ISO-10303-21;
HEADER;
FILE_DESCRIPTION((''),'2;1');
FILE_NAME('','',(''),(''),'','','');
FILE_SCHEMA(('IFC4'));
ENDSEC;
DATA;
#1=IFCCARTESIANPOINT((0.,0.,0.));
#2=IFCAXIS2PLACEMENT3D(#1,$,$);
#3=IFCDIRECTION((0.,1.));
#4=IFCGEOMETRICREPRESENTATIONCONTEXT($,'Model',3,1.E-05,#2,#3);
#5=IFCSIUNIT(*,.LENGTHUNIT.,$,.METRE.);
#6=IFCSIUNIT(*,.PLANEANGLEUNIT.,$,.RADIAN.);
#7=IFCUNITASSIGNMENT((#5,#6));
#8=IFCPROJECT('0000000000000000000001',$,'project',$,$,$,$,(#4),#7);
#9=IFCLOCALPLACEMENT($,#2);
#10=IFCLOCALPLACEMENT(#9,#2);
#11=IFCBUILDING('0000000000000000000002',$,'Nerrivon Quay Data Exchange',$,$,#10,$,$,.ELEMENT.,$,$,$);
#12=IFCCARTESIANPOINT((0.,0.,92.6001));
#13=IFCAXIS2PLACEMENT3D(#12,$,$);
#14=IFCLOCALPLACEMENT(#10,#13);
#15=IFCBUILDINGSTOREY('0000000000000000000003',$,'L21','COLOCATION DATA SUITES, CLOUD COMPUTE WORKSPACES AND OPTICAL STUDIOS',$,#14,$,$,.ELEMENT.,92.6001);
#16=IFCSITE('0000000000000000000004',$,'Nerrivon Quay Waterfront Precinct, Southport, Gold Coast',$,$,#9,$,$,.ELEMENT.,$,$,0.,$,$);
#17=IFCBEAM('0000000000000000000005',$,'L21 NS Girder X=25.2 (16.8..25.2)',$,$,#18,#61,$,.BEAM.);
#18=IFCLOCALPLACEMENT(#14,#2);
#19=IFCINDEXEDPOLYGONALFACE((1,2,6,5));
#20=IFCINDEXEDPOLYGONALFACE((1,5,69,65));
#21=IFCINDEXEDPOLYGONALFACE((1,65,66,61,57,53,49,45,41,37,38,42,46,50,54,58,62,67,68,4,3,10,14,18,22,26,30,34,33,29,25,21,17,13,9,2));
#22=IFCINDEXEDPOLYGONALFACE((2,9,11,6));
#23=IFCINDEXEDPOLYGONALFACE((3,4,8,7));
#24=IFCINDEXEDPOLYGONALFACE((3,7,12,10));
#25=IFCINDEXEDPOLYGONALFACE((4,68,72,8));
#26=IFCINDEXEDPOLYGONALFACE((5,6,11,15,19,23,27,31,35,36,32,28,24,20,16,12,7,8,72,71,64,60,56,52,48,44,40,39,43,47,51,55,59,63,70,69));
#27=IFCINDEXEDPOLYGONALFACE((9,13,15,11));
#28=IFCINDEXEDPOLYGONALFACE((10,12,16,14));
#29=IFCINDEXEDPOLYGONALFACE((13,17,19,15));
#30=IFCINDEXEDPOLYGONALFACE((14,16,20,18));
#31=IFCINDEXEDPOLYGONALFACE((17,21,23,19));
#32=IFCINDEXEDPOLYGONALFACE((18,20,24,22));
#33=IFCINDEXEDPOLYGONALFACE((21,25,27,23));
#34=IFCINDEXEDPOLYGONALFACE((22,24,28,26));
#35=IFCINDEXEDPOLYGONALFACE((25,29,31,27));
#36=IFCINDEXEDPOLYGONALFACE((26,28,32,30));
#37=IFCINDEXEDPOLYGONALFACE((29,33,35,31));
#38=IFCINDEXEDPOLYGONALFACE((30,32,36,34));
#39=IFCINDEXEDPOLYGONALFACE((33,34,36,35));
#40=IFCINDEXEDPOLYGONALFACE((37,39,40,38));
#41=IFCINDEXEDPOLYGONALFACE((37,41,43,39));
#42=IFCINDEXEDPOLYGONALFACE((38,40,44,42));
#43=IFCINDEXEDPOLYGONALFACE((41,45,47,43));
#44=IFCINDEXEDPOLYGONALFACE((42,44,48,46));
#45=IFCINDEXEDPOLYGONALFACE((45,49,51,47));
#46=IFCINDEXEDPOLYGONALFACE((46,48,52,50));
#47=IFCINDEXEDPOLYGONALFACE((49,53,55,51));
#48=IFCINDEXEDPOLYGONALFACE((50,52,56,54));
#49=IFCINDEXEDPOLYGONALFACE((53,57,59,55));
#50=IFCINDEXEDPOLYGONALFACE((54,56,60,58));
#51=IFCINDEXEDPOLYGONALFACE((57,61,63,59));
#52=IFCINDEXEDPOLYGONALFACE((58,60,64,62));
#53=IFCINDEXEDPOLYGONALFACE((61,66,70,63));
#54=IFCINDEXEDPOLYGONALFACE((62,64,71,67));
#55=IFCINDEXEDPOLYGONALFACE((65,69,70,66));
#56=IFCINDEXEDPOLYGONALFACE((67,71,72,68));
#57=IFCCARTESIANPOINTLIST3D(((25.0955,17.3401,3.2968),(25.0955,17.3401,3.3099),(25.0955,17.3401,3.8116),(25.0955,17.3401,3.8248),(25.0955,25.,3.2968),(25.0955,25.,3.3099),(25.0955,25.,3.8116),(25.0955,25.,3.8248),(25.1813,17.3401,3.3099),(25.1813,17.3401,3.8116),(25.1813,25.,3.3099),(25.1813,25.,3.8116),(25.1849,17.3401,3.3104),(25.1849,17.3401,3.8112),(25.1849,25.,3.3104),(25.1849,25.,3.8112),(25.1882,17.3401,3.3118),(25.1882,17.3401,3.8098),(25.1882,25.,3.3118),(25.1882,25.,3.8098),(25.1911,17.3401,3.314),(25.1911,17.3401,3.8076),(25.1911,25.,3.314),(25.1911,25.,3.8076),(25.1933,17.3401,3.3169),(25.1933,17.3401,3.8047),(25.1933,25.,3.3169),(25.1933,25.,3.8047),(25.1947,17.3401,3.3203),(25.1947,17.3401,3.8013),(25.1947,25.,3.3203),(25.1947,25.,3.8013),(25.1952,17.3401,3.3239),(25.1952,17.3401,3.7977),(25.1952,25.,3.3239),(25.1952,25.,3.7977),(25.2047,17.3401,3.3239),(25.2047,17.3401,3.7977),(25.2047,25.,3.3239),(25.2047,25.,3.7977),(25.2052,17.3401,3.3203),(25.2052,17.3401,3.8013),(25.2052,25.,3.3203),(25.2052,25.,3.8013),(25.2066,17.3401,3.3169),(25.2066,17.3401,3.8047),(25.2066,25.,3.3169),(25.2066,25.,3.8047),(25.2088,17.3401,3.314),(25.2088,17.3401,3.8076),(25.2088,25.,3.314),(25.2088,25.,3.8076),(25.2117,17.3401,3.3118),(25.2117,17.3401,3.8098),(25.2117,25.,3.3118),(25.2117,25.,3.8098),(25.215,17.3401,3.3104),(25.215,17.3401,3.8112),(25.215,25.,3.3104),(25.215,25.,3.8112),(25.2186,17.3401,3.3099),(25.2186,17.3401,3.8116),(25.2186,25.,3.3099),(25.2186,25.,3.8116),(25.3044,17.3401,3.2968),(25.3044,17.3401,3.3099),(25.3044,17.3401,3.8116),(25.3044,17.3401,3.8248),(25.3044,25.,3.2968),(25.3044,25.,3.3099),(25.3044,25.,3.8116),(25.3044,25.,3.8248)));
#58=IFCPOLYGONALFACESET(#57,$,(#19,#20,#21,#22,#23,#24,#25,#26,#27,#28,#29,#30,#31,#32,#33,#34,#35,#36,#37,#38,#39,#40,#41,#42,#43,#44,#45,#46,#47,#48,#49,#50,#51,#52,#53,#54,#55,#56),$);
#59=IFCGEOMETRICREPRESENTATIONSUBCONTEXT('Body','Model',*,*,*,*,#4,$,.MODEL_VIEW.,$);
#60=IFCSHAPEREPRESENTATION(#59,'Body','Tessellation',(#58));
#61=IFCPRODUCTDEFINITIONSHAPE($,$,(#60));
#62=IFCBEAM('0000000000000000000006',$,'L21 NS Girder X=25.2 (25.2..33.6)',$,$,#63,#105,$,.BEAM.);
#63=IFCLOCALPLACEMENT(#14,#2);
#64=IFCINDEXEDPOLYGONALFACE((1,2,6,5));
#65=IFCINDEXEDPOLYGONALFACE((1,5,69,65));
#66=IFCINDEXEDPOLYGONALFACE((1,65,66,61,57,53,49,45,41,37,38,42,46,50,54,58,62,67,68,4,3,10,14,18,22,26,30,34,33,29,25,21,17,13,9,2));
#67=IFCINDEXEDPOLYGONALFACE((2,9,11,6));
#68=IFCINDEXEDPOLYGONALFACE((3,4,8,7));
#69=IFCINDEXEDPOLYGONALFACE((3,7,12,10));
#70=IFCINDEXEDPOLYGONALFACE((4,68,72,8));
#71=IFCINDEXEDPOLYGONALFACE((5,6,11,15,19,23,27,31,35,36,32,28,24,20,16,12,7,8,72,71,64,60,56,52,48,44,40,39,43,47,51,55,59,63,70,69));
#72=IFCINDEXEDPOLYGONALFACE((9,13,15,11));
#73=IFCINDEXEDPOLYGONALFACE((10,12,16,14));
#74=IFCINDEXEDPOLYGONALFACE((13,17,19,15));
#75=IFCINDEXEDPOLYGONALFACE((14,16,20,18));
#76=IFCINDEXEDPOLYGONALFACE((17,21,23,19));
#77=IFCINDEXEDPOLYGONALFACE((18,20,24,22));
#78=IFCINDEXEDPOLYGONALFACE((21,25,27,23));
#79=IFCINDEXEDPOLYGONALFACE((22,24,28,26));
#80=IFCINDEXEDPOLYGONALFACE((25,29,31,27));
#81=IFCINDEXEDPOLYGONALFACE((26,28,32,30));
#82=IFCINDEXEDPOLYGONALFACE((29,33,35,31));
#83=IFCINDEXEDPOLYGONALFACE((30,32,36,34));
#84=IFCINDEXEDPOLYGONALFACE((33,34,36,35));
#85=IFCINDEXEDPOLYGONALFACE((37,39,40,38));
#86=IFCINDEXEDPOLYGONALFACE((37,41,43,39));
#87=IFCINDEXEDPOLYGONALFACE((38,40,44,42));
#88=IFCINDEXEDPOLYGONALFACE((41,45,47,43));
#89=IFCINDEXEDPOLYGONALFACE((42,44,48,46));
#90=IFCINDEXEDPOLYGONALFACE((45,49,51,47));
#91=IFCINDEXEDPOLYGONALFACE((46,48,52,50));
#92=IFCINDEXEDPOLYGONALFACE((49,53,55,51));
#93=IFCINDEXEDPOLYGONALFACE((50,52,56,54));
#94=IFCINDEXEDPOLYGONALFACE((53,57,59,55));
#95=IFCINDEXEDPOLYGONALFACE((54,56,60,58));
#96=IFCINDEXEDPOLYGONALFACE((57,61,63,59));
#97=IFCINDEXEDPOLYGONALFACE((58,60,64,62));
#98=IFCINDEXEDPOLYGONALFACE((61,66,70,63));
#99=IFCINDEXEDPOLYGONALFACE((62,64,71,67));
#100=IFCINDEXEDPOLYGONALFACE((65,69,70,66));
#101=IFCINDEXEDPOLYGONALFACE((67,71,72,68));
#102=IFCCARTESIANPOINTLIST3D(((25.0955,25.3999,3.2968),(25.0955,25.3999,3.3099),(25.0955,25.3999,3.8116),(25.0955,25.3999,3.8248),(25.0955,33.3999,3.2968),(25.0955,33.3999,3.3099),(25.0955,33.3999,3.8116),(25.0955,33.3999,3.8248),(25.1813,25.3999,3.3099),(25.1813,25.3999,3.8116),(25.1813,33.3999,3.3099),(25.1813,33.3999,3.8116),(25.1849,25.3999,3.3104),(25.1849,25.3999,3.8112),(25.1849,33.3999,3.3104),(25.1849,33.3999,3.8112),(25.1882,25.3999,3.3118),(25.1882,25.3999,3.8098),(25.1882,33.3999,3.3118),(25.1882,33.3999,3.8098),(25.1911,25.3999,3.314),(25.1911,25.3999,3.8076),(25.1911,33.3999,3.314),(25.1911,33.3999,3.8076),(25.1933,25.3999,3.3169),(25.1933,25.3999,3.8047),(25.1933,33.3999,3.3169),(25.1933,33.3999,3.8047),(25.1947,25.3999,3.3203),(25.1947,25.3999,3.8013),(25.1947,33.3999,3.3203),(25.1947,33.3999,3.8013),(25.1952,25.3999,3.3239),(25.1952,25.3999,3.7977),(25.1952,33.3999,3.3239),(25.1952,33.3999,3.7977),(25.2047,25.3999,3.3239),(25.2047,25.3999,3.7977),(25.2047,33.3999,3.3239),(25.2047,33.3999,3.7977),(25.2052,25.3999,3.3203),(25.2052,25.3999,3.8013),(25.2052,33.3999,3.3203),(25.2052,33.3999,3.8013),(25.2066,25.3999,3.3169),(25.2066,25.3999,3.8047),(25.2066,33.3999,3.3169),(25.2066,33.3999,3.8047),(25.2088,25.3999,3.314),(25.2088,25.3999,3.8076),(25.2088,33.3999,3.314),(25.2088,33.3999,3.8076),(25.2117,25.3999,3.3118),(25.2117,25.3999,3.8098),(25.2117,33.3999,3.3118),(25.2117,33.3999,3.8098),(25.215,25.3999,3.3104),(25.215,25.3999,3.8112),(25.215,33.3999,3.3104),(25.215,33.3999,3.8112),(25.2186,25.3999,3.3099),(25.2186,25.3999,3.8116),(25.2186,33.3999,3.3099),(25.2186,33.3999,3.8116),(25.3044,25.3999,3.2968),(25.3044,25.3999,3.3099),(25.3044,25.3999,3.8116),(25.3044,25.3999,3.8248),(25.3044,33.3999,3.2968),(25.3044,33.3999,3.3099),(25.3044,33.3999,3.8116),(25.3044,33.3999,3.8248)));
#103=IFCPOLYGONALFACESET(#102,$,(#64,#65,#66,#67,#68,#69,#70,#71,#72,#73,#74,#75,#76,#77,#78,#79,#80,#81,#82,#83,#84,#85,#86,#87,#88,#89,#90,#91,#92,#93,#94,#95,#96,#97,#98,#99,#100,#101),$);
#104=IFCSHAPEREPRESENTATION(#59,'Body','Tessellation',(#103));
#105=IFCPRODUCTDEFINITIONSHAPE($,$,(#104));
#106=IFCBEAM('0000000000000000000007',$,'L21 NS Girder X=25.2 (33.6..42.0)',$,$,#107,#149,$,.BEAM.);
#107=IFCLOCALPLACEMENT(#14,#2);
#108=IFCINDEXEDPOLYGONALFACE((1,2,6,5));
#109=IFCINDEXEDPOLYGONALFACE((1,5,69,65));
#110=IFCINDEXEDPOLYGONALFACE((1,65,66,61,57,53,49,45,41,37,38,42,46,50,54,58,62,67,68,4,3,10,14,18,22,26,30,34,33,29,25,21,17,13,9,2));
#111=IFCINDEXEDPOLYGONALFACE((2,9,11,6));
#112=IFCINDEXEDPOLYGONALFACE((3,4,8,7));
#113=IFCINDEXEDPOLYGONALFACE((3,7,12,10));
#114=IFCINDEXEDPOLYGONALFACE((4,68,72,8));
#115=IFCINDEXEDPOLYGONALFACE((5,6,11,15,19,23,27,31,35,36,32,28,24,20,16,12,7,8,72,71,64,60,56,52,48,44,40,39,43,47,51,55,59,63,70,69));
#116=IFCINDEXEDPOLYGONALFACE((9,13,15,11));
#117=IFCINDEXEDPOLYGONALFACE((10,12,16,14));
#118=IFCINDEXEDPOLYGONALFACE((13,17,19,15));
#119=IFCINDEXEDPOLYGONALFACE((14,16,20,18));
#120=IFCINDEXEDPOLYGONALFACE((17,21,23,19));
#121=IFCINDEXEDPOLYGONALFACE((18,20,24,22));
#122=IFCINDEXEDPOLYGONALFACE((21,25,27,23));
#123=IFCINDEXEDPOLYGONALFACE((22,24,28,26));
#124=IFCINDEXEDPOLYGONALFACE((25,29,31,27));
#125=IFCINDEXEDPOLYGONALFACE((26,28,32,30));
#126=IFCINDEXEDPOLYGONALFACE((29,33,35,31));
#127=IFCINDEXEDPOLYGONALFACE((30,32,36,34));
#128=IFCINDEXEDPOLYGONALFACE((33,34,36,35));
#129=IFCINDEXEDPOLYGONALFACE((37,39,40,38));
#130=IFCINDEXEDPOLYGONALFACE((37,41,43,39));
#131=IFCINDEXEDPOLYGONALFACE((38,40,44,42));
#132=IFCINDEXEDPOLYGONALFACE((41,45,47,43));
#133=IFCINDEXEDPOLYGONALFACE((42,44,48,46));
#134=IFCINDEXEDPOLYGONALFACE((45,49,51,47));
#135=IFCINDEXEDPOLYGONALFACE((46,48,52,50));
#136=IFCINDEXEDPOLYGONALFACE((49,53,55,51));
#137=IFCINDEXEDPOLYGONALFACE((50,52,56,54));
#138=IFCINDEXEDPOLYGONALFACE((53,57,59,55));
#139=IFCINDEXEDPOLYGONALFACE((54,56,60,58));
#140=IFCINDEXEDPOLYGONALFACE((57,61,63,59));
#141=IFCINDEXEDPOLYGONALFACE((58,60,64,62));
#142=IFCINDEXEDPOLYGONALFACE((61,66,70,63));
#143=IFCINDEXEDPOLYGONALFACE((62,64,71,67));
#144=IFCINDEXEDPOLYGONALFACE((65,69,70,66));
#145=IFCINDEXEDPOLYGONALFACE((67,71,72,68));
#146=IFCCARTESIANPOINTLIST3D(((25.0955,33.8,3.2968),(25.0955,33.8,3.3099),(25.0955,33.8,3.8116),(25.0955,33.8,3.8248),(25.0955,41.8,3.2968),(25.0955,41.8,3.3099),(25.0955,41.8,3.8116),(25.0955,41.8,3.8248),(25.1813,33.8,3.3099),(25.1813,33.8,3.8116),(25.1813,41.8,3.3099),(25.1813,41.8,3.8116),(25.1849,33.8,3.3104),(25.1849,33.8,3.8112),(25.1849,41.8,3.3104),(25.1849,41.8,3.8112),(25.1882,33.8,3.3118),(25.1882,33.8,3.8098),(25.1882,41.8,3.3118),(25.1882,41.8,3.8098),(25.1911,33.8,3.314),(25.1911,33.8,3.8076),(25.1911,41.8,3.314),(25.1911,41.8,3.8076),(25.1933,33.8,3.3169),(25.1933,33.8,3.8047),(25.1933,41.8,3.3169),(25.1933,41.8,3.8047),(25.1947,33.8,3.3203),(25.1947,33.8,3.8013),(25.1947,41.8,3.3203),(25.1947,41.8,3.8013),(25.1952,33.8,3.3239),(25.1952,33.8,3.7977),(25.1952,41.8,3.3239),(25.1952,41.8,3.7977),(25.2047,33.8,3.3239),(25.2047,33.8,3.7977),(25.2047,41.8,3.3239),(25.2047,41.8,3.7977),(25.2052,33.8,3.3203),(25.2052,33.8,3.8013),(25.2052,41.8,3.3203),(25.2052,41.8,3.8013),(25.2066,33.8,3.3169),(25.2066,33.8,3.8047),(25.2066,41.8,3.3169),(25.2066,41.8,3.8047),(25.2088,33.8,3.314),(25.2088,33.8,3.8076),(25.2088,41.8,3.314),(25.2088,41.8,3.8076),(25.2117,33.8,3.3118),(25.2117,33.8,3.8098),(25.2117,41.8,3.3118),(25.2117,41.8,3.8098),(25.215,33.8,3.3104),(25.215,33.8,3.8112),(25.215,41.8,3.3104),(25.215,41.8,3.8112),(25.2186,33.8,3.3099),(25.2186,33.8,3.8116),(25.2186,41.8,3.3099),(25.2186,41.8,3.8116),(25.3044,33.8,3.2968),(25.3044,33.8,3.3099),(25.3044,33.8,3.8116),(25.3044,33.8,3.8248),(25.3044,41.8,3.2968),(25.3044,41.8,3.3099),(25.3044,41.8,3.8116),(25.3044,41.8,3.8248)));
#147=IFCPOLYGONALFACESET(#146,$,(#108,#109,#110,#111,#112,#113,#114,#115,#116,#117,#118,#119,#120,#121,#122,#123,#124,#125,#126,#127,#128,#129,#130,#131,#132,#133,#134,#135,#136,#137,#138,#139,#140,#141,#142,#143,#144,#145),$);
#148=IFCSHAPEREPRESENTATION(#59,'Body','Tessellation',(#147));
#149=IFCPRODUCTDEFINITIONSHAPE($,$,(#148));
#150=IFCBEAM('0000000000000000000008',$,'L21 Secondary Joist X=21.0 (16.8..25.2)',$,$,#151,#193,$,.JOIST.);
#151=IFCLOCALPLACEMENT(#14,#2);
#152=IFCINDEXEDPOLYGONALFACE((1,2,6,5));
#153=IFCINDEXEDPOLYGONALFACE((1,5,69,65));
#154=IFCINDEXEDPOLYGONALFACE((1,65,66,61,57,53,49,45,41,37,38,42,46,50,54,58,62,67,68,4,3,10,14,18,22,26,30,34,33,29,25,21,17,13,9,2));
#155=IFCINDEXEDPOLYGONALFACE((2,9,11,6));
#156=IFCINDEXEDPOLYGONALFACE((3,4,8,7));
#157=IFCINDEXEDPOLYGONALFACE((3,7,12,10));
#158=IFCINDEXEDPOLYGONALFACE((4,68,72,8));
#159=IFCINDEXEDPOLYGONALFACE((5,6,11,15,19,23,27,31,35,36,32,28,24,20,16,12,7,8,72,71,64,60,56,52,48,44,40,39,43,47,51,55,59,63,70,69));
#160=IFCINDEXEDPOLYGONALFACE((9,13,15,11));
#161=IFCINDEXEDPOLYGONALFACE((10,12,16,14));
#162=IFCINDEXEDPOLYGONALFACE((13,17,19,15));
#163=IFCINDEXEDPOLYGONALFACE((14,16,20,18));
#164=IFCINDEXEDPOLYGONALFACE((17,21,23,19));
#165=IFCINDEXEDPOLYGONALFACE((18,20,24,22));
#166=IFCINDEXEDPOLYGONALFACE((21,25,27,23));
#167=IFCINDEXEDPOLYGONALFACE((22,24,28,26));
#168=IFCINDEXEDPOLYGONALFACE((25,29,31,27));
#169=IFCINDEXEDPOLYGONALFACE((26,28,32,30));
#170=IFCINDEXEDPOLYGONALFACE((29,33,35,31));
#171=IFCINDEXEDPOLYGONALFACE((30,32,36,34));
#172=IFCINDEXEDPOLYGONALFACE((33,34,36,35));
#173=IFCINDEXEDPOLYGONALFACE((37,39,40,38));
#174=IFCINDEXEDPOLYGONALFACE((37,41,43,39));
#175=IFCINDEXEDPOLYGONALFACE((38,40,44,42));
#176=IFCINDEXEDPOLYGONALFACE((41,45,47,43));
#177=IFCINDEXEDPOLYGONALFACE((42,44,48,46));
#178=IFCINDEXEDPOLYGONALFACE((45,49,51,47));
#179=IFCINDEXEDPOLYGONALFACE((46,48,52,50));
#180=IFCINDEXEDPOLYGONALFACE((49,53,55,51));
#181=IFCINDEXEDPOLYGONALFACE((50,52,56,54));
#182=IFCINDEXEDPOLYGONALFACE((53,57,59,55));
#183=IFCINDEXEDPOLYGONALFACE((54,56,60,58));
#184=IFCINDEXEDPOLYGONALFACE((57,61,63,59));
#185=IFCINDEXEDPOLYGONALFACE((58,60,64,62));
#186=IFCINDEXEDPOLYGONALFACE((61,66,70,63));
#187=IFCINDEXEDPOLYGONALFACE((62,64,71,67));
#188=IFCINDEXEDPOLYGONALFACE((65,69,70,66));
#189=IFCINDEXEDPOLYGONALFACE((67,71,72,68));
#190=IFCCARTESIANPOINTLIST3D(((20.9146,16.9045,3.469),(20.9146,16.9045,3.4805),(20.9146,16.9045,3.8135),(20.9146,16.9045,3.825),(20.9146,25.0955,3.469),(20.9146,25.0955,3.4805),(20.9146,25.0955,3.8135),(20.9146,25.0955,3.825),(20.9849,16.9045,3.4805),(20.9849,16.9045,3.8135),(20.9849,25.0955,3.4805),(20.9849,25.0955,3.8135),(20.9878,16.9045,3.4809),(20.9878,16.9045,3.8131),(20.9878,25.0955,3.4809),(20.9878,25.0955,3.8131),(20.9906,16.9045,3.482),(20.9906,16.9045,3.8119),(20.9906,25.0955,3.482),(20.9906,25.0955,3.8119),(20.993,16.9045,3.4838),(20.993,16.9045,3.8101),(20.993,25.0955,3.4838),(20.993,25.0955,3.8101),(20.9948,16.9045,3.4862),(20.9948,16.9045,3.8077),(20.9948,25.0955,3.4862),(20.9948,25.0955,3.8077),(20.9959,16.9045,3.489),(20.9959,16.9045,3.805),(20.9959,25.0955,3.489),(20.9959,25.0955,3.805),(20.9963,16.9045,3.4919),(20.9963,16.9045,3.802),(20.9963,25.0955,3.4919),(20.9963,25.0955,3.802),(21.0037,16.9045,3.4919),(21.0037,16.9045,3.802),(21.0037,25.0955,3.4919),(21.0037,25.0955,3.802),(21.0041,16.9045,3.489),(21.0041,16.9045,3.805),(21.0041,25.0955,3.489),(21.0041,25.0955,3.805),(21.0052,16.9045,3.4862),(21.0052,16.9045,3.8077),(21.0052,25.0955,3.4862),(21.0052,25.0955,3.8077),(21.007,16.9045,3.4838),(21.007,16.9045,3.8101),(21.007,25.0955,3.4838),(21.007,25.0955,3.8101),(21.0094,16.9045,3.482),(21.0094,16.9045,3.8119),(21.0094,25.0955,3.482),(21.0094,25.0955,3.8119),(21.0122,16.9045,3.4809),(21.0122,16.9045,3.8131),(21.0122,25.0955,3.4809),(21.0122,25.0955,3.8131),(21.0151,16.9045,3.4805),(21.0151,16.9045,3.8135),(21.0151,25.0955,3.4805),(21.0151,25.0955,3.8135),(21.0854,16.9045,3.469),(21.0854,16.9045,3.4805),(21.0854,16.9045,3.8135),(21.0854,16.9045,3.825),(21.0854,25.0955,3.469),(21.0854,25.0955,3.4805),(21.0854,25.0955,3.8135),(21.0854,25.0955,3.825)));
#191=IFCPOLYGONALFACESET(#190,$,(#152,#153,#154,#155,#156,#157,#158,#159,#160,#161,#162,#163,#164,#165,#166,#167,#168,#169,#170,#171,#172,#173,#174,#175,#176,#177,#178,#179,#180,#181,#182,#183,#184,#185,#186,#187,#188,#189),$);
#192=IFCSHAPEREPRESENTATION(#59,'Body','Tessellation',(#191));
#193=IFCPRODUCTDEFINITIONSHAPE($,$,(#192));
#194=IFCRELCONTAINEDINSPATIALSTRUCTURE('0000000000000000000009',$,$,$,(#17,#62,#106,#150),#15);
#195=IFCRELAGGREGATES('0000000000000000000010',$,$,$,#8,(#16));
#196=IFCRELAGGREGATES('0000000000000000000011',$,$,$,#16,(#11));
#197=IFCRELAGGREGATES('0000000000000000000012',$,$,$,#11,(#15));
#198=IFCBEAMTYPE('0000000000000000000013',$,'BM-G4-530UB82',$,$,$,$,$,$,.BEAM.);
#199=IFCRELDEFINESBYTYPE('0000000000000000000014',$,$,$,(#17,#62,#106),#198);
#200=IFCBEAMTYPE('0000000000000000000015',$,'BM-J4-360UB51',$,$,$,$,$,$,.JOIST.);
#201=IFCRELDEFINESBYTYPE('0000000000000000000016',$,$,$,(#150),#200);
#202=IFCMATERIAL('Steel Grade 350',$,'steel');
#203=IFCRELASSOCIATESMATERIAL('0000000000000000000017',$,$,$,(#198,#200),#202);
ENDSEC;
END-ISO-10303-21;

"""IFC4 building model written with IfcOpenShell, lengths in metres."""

from ifc_helpers import new_model, si_unit, direction, frame, origin, origin_2d, place, context, subcontext, project, spatial, i_section, extrude, material, material_profile, profile_set, type_object, element, save


model = new_model("IFC4")

# Units and contexts
model_context = context("Model", 3, precision=1e-05, world=origin(), true_north=direction((0.0, 1.0)))
body_context = subcontext(model_context, "Body", "Model", "MODEL_VIEW")
ifc_project = project(units=[si_unit("LENGTHUNIT", "METRE"), si_unit("PLANEANGLEUNIT", "RADIAN")], contexts=[model_context])

# Site, building, storey
site_placement = place(None, origin())
site = spatial("IfcSite", under=ifc_project, at=site_placement, Name="Nerrivon Quay Waterfront Precinct, Southport, Gold Coast", CompositionType="ELEMENT", RefElevation=0.0)
building_placement = place(site_placement, origin())
building = spatial("IfcBuilding", under=site, at=building_placement, Name="Nerrivon Quay Data Exchange", CompositionType="ELEMENT")
storey_placement = place(building_placement, frame((0.0, 0.0, 92.6001)))
storey = spatial("IfcBuildingStorey", under=building, at=storey_placement, Name="L21", Description="COLOCATION DATA SUITES, CLOUD COMPUTE WORKSPACES AND OPTICAL STUDIOS", CompositionType="ELEMENT", Elevation=92.6001)

# Shared definitions
ifc_material_1 = material(Name="Steel Grade 350", Category="steel")

# Beams
ifc_material_profile_1 = material_profile(ifc_material_1, i_section(OverallWidth=0.209, OverallDepth=0.5281, WebThickness=0.0095, FlangeThickness=0.0132, FilletRadius=0.0139, at=origin_2d()), Name="530UB82.0")
ifc_profile_set_1 = profile_set([ifc_material_profile_1], Name="Steel Grade 350")
beam_type_1 = type_object("IfcBeamType", Name="BM-G4-530UB82", PredefinedType="BEAM", material=ifc_profile_set_1)
beam_1_placement = place(storey_placement, frame((25.2, 17.3401, 3.5608), z_axis=(0.0, 1.0, 0.0), x_axis=(-1.0, 0.0, 0.0)))
element("IfcBeam", 1, at=beam_1_placement, inside=storey, type_object=beam_type_1, Name="L21 NS Girder X=25.2 (16.8..25.2)", PredefinedType="BEAM", context=body_context, shape_type="SweptSolid", body=[
    extrude(i_section(OverallWidth=0.209, OverallDepth=0.5281, WebThickness=0.0095, FlangeThickness=0.0132, FilletRadius=0.0139, at=origin_2d()), origin(), (0.0, 0.0, 1.0), 7.6599),
])
for number, where, z_axis, x_axis, name in (
    (2, (25.2, 25.3999, 3.5608), (0.0, 1.0, 0.0), (-1.0, 0.0, 0.0), "L21 NS Girder X=25.2 (25.2..33.6)"),
    (3, (25.2, 33.8, 3.5608), (0.0, 1.0, 0.0), (-1.0, 0.0, 0.0), "L21 NS Girder X=25.2 (33.6..42.0)"),
):
    element("IfcBeam", number, at=place(storey_placement, frame(where, z_axis=z_axis, x_axis=x_axis)), inside=storey, type_object=beam_type_1, Name=name, PredefinedType="BEAM", context=body_context, shape_type="SweptSolid", body=[
        extrude(i_section(OverallWidth=0.209, OverallDepth=0.5281, WebThickness=0.0095, FlangeThickness=0.0132, FilletRadius=0.0139, at=origin_2d()), origin(), (0.0, 0.0, 1.0), 8.0),
    ])
ifc_material_profile_2 = material_profile(ifc_material_1, i_section(OverallWidth=0.1709, OverallDepth=0.356, WebThickness=0.0073, FlangeThickness=0.0115, FilletRadius=0.0115, at=origin_2d()), Name="360UB50.7")
ifc_profile_set_2 = profile_set([ifc_material_profile_2], Name="Steel Grade 350")
beam_type_2 = type_object("IfcBeamType", Name="BM-J4-360UB51", PredefinedType="JOIST", material=ifc_profile_set_2)
beam_2_placement = place(storey_placement, frame((21.0, 16.9045, 3.647), z_axis=(0.0, 1.0, 0.0), x_axis=(-1.0, 0.0, 0.0)))
element("IfcBeam", 4, at=beam_2_placement, inside=storey, type_object=beam_type_2, Name="L21 Secondary Joist X=21.0 (16.8..25.2)", PredefinedType="JOIST", context=body_context, shape_type="SweptSolid", body=[
    extrude(i_section(OverallWidth=0.1709, OverallDepth=0.356, WebThickness=0.0073, FlangeThickness=0.0115, FilletRadius=0.0115, at=origin_2d()), origin(), (0.0, 0.0, 1.0), 8.1909),
])

save(model, "model.ifc")
